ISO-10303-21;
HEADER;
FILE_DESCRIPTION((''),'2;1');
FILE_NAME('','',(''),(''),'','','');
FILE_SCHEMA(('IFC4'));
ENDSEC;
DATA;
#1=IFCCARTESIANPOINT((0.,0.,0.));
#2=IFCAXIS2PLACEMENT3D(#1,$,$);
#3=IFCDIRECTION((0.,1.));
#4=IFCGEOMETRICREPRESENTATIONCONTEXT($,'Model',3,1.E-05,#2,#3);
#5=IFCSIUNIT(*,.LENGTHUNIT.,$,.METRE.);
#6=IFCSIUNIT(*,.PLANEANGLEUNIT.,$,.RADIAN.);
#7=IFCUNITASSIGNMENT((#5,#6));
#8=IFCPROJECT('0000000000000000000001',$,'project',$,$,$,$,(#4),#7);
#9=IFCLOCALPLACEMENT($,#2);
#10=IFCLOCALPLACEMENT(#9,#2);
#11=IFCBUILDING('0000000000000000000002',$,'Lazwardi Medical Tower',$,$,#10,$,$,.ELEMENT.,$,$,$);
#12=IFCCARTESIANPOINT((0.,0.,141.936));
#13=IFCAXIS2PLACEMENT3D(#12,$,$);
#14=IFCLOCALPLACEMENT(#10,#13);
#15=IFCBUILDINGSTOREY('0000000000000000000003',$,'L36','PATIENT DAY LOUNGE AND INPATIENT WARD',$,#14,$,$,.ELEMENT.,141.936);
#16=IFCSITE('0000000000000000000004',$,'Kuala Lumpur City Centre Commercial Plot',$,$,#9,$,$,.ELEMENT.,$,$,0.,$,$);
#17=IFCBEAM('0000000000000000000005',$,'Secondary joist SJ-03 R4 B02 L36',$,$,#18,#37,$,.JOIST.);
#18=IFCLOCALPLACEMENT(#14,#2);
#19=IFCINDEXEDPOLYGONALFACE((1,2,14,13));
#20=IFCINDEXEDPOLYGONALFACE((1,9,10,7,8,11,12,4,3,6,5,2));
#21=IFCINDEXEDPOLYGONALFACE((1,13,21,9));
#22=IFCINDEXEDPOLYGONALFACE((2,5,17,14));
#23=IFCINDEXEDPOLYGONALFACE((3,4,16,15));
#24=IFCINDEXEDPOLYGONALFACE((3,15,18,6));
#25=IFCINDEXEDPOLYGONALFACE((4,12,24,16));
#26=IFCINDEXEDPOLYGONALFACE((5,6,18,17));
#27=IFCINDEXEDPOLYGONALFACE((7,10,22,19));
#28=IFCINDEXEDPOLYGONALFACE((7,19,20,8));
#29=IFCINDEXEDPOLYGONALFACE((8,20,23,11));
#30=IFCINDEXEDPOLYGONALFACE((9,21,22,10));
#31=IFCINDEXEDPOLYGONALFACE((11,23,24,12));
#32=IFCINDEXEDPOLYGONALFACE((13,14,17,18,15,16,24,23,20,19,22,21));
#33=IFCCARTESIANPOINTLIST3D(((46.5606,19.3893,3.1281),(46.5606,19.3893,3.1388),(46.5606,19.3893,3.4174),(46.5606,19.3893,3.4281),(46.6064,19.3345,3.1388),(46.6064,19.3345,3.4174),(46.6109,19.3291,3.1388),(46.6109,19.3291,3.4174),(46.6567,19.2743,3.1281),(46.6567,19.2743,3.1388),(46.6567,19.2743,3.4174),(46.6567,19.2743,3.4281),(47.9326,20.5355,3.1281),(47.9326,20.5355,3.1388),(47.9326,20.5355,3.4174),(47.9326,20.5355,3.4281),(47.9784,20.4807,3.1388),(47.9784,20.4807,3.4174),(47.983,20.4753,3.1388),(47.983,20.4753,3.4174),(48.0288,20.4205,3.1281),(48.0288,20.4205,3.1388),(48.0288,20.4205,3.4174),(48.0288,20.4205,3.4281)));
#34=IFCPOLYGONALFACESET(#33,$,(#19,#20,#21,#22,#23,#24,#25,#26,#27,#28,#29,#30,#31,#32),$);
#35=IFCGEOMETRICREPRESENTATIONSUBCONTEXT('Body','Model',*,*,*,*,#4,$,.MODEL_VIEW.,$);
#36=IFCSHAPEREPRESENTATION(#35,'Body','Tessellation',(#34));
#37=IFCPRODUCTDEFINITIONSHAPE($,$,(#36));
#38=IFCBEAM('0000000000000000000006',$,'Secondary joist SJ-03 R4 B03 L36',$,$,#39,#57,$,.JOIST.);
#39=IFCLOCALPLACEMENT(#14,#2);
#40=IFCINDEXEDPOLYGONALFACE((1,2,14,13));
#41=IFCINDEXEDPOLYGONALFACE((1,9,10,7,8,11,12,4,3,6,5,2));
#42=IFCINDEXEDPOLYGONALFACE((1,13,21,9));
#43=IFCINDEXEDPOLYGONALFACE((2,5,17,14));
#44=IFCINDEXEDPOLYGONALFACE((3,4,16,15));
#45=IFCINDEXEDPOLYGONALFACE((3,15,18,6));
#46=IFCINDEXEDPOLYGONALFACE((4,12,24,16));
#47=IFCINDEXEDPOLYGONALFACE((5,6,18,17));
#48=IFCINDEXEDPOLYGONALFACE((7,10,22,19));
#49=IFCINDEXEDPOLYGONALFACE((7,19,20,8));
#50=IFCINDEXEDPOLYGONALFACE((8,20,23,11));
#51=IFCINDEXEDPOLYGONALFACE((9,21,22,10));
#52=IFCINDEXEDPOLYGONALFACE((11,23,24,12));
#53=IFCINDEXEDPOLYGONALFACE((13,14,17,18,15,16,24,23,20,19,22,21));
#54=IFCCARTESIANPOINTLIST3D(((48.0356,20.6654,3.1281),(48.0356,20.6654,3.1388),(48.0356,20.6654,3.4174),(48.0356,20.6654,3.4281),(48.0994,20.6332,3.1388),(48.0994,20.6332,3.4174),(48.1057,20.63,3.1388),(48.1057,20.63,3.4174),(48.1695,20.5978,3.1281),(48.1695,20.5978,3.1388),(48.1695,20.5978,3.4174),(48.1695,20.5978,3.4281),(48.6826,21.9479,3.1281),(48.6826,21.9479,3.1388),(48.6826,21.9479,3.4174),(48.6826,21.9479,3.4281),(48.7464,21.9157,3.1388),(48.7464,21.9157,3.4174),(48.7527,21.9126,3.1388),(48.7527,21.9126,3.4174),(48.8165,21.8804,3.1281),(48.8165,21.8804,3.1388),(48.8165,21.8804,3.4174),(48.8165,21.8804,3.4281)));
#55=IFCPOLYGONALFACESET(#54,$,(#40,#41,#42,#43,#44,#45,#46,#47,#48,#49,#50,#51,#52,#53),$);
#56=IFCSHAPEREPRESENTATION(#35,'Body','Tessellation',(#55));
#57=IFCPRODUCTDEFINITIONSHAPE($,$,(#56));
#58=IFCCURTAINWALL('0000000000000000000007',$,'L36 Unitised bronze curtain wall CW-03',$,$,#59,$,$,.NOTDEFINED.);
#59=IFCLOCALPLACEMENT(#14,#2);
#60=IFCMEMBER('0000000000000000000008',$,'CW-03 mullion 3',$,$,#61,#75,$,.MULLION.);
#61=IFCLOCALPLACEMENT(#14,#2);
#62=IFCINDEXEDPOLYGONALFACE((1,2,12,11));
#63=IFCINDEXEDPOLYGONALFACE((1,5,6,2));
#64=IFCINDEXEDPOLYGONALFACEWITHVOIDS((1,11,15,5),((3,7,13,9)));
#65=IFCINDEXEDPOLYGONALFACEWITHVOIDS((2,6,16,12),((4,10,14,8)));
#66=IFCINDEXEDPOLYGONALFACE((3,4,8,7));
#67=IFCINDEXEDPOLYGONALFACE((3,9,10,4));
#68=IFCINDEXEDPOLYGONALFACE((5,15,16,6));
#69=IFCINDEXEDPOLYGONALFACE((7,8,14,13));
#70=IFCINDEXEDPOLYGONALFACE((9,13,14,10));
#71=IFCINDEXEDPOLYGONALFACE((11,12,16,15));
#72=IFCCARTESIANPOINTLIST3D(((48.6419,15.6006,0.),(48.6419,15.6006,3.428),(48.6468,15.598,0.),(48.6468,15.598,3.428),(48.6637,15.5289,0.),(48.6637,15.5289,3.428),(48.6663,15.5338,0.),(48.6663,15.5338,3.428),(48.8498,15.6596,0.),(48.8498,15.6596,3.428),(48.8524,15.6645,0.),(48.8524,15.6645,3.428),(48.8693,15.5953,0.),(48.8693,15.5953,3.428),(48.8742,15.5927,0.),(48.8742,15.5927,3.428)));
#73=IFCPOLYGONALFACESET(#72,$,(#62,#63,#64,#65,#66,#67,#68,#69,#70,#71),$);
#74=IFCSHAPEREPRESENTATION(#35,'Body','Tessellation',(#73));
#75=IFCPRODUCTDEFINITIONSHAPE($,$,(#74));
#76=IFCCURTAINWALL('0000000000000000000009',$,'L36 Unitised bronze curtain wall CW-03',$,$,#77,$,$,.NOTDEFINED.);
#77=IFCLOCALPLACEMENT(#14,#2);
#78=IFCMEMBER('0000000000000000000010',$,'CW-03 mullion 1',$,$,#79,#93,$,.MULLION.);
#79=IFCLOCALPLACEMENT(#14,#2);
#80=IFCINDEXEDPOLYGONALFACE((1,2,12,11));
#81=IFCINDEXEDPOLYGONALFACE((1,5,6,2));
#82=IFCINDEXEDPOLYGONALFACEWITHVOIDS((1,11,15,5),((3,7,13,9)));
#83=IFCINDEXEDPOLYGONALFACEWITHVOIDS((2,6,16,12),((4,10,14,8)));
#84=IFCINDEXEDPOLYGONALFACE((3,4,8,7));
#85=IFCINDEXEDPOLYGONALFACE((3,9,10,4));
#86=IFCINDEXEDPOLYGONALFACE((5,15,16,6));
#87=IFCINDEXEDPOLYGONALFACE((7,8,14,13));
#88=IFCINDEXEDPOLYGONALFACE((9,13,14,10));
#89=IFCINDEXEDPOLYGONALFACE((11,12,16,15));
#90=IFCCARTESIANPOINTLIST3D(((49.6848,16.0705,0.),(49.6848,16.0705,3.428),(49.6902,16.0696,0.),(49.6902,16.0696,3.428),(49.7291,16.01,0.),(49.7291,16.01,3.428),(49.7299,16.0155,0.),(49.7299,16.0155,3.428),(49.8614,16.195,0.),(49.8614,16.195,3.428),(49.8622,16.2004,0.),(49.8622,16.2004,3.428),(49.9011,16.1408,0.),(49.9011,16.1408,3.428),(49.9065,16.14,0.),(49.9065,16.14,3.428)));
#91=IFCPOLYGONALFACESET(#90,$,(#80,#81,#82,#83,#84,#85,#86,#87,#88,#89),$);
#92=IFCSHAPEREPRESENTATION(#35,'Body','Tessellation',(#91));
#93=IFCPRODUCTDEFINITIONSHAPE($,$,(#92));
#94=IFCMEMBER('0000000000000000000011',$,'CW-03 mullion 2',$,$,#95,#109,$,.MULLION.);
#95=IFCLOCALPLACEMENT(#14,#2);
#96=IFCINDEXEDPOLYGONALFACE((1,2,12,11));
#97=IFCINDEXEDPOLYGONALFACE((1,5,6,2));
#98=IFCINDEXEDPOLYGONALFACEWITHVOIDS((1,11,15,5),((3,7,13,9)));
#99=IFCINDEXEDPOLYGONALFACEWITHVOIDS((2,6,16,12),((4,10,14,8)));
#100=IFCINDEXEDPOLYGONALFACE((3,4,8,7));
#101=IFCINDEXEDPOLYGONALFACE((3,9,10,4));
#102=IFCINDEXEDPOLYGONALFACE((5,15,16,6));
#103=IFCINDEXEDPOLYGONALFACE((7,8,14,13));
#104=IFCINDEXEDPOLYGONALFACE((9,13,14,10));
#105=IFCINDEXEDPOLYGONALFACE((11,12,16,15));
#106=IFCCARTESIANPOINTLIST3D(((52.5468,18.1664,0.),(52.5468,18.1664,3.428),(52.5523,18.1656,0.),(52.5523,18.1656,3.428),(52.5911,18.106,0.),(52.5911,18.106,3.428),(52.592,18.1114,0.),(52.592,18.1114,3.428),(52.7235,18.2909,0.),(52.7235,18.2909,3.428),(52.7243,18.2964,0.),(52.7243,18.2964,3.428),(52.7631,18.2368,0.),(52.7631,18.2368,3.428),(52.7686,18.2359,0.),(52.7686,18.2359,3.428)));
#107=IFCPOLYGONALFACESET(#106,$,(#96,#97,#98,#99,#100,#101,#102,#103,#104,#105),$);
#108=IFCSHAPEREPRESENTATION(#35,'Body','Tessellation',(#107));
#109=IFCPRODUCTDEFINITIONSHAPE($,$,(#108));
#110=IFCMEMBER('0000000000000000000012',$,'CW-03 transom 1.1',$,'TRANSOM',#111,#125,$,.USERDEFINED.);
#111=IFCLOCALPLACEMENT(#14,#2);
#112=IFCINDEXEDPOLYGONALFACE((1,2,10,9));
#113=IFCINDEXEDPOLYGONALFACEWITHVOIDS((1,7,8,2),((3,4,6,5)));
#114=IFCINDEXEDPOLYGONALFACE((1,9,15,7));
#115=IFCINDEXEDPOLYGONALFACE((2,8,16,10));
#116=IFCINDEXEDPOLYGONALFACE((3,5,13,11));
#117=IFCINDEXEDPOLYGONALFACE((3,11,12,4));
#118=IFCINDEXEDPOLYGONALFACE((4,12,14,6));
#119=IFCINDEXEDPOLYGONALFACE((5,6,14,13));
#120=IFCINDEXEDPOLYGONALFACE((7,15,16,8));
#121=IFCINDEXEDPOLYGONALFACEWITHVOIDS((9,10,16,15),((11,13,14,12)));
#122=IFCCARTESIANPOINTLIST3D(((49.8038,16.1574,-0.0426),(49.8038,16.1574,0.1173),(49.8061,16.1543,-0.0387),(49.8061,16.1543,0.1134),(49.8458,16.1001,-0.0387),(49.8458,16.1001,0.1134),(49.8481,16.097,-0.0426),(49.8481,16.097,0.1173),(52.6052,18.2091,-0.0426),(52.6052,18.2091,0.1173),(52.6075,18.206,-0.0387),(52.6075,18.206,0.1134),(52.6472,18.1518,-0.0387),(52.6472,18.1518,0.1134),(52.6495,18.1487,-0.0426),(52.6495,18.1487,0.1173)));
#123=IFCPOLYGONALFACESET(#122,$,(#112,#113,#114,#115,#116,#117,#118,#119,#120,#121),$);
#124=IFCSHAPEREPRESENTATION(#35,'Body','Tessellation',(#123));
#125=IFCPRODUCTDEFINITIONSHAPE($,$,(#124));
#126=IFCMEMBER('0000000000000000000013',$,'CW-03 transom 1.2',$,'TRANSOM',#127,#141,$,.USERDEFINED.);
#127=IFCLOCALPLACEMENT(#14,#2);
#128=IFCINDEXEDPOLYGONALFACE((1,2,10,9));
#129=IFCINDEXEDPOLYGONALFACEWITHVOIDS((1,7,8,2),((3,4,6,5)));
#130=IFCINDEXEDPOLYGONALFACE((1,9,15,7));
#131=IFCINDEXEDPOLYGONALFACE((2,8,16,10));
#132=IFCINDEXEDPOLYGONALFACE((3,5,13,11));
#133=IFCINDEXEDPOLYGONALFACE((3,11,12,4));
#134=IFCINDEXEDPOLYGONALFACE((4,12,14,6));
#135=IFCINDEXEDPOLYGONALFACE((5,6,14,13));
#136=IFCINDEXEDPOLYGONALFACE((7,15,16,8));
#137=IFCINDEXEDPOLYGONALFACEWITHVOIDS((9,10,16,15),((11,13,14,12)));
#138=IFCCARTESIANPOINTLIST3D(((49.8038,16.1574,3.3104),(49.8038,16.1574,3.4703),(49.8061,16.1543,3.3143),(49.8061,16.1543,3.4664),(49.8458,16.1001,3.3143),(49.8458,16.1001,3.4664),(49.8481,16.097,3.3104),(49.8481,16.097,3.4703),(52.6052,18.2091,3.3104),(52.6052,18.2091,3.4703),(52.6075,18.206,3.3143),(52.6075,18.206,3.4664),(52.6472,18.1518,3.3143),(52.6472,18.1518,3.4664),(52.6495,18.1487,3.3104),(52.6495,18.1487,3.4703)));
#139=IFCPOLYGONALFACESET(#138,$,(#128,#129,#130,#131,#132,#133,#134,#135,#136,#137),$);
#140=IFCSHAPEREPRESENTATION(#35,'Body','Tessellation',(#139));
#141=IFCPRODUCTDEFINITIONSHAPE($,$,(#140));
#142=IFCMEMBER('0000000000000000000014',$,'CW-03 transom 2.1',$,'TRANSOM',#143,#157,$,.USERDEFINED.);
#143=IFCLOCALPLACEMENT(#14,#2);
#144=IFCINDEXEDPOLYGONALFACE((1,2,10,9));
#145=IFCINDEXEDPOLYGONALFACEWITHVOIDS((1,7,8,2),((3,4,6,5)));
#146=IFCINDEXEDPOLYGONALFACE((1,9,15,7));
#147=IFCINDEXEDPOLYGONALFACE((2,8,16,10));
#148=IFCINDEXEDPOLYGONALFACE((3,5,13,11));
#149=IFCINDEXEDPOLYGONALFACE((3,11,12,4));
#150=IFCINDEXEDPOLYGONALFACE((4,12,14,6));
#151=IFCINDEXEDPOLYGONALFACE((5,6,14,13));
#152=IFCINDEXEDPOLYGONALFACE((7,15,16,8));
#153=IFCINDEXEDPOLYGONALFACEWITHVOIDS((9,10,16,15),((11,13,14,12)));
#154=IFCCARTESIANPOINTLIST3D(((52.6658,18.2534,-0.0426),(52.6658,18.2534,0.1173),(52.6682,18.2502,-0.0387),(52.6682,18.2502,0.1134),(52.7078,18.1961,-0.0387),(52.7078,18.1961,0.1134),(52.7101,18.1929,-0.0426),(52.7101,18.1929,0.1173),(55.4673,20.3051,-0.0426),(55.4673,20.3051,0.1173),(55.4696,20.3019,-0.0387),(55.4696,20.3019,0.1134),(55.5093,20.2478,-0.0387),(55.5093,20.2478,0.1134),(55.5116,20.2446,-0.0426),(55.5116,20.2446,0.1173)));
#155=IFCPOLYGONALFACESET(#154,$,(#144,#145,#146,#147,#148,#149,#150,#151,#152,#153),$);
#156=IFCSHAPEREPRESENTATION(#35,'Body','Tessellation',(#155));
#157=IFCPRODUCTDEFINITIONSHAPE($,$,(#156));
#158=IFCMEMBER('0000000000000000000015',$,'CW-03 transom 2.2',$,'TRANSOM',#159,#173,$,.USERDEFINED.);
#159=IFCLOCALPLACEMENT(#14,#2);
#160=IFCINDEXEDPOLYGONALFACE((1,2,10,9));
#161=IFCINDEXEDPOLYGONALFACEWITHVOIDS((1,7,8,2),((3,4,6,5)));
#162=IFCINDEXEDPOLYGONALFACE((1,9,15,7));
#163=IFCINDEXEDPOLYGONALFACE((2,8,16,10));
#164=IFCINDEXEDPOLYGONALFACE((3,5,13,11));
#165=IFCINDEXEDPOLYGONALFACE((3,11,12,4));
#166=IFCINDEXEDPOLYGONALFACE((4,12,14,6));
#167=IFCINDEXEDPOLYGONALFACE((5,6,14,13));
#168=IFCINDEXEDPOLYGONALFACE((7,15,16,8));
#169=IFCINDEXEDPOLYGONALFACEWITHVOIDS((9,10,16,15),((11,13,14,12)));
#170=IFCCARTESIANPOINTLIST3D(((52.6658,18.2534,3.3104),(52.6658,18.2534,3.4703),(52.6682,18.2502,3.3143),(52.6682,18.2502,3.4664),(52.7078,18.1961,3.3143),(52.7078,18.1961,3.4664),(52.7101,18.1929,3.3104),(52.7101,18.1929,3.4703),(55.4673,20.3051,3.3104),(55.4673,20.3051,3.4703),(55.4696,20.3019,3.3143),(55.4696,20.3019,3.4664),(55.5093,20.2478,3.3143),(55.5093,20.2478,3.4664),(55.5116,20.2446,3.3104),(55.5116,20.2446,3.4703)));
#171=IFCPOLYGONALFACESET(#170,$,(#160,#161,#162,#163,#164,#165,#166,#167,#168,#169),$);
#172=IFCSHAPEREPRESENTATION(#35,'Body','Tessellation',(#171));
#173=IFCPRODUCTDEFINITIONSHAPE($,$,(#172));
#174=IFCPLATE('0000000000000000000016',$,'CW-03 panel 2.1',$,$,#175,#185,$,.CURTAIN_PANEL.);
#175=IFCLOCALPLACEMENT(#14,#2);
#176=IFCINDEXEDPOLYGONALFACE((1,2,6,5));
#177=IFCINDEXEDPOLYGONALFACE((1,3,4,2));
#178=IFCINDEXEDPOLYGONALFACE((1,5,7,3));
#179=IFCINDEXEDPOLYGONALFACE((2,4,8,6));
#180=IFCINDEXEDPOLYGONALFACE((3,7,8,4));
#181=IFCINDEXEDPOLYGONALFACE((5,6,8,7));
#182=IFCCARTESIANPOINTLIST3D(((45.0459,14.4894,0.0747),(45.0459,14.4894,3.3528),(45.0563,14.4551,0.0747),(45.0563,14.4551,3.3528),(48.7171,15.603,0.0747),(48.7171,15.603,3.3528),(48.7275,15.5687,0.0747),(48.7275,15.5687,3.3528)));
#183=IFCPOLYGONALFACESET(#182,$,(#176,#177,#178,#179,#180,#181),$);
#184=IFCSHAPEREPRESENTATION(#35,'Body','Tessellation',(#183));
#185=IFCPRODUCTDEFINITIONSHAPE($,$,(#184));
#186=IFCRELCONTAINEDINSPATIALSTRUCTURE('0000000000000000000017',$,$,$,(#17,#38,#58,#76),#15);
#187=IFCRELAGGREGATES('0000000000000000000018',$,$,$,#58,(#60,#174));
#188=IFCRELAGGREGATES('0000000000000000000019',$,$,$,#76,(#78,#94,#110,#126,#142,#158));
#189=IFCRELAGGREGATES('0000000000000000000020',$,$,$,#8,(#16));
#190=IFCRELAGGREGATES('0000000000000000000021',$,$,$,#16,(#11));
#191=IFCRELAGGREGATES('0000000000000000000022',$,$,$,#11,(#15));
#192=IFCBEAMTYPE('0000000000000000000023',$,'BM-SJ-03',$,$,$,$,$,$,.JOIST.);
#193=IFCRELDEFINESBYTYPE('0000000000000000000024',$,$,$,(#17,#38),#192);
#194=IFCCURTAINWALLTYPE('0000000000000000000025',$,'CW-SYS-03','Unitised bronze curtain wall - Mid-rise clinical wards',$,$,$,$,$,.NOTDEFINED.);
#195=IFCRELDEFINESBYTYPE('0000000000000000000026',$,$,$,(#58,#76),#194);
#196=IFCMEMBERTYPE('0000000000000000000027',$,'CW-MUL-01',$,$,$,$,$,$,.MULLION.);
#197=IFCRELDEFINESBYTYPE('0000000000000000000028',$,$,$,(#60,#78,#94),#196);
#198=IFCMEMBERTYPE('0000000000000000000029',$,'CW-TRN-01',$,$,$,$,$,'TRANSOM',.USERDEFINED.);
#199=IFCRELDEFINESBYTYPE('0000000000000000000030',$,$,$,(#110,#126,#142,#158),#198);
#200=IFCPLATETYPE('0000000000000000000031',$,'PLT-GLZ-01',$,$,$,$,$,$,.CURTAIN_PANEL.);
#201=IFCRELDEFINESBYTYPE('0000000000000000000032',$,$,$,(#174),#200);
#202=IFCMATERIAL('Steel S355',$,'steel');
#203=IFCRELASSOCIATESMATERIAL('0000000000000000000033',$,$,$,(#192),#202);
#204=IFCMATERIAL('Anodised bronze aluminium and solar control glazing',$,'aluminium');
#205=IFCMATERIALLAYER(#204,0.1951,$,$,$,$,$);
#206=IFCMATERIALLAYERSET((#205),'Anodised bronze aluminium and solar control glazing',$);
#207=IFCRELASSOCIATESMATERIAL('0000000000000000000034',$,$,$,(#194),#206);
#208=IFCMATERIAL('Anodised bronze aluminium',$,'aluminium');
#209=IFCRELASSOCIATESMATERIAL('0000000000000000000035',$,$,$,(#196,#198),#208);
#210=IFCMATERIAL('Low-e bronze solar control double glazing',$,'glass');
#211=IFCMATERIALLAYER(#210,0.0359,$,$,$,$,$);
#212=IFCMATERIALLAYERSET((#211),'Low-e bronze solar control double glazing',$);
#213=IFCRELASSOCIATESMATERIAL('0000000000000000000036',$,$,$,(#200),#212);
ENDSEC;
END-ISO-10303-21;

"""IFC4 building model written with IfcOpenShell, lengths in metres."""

from ifc_helpers import new_model, si_unit, direction, frame, origin, origin_2d, place, context, subcontext, project, spatial, rectangle, hollow_rectangle, i_section, extrude, material, layer, layer_set, material_profile, profile_set, type_object, element, aggregate, save


model = new_model("IFC4")

# Units and contexts
model_context = context("Model", 3, precision=1e-05, world=origin(), true_north=direction((0.0, 1.0)))
body_context = subcontext(model_context, "Body", "Model", "MODEL_VIEW")
ifc_project = project(units=[si_unit("LENGTHUNIT", "METRE"), si_unit("PLANEANGLEUNIT", "RADIAN")], contexts=[model_context])

# Site, building, storey
site_placement = place(None, origin())
site = spatial("IfcSite", under=ifc_project, at=site_placement, Name="Kuala Lumpur City Centre Commercial Plot", CompositionType="ELEMENT", RefElevation=0.0)
building_placement = place(site_placement, origin())
building = spatial("IfcBuilding", under=site, at=building_placement, Name="Lazwardi Medical Tower", CompositionType="ELEMENT")
storey_placement = place(building_placement, frame((0.0, 0.0, 141.936)))
storey = spatial("IfcBuildingStorey", under=building, at=storey_placement, Name="L36", Description="PATIENT DAY LOUNGE AND INPATIENT WARD", CompositionType="ELEMENT", Elevation=141.936)

# Beams
ifc_material_1 = material(Name="Steel S355", Category="steel")
ifc_material_profile_1 = material_profile(ifc_material_1, i_section(OverallWidth=0.1499, OverallDepth=0.3, WebThickness=0.0071, FlangeThickness=0.0107, at=origin_2d()), Name="IPE 300")
ifc_profile_set_1 = profile_set([ifc_material_profile_1], Name="Steel S355")
beam_type_1 = type_object("IfcBeamType", Name="BM-SJ-03", PredefinedType="JOIST", material=ifc_profile_set_1)
beam_1_placement = place(storey_placement, frame((46.6086, 19.3318, 3.2781), z_axis=(0.767437, 0.641124, 0.0), x_axis=(-0.641124, 0.767437, 0.0)))
element("IfcBeam", 1, at=beam_1_placement, inside=storey, type_object=beam_type_1, Name="Secondary joist SJ-03 R4 B02 L36", PredefinedType="JOIST", context=body_context, shape_type="SweptSolid", body=[
    extrude(i_section(OverallWidth=0.1499, OverallDepth=0.3, WebThickness=0.0071, FlangeThickness=0.0107, at=origin_2d()), origin(), (0.0, 0.0, 1.0), 1.7878),
])
beam_2_placement = place(storey_placement, frame((48.1025, 20.6316, 3.2781), z_axis=(0.450406, 0.892824, 0.0), x_axis=(-0.892824, 0.450406, 0.0)))
element("IfcBeam", 2, at=beam_2_placement, inside=storey, type_object=beam_type_1, Name="Secondary joist SJ-03 R4 B03 L36", PredefinedType="JOIST", context=body_context, shape_type="SweptSolid", body=[
    extrude(i_section(OverallWidth=0.1499, OverallDepth=0.3, WebThickness=0.0071, FlangeThickness=0.0107, at=origin_2d()), origin(), (0.0, 0.0, 1.0), 1.4365),
])

# Curtain wall, member
ifc_material_2 = material(Name="Anodised bronze aluminium and solar control glazing", Category="aluminium")
ifc_layer_1 = layer(ifc_material_2, 0.1951)
ifc_layer_set_1 = layer_set([ifc_layer_1], Name="Anodised bronze aluminium and solar control glazing")
curtain_wall_type = type_object("IfcCurtainWallType", Name="CW-SYS-03", Description="Unitised bronze curtain wall - Mid-rise clinical wards", PredefinedType="NOTDEFINED", material=ifc_layer_set_1)
curtain_wall_1_placement = place(storey_placement, origin())
curtain_wall_1 = element("IfcCurtainWall", 3, at=curtain_wall_1_placement, inside=storey, type_object=curtain_wall_type, Name="L36 Unitised bronze curtain wall CW-03", PredefinedType="NOTDEFINED")
ifc_material_3 = material(Name="Anodised bronze aluminium", Category="aluminium")
ifc_material_profile_2 = material_profile(ifc_material_3, hollow_rectangle(XDim=0.075, YDim=0.22, WallThickness=0.0039, at=origin_2d()), Name="ALU-MULLION 220x75x4")
ifc_profile_set_2 = profile_set([ifc_material_profile_2], Name="Anodised bronze aluminium")
member_type_1 = type_object("IfcMemberType", Name="CW-MUL-01", PredefinedType="MULLION", material=ifc_profile_set_2)
member_1_placement = place(storey_placement, frame((48.7581, 15.5967, 0.0), z_axis=(0.0, 0.0, 1.0), x_axis=(-0.290281, 0.956942, 0.0)))
member_1 = element("IfcMember", 4, at=member_1_placement, type_object=member_type_1, Name="CW-03 mullion 3", PredefinedType="MULLION", context=body_context, shape_type="SweptSolid", body=[
    extrude(hollow_rectangle(XDim=0.075, YDim=0.22, WallThickness=0.0039, at=origin_2d()), origin(), (0.0, 0.0, 1.0), 3.428),
])

# Curtain wall, members
curtain_wall_2_placement = place(storey_placement, origin())
curtain_wall_2 = element("IfcCurtainWall", 5, at=curtain_wall_2_placement, inside=storey, type_object=curtain_wall_type, Name="L36 Unitised bronze curtain wall CW-03", PredefinedType="NOTDEFINED")
member_2_placement = place(storey_placement, frame((49.7957, 16.1052, 0.0), z_axis=(0.0, 0.0, 1.0), x_axis=(-0.590834, 0.806793, 0.0)))
member_2 = element("IfcMember", 6, at=member_2_placement, type_object=member_type_1, Name="CW-03 mullion 1", PredefinedType="MULLION", context=body_context, shape_type="SweptSolid", body=[
    extrude(hollow_rectangle(XDim=0.075, YDim=0.22, WallThickness=0.0039, at=origin_2d()), origin(), (0.0, 0.0, 1.0), 3.428),
])
member_3_placement = place(storey_placement, frame((52.6577, 18.2012, 0.0), z_axis=(0.0, 0.0, 1.0), x_axis=(-0.590834, 0.806793, 0.0)))
member_3 = element("IfcMember", 7, at=member_3_placement, type_object=member_type_1, Name="CW-03 mullion 2", PredefinedType="MULLION", context=body_context, shape_type="SweptSolid", body=[
    extrude(hollow_rectangle(XDim=0.075, YDim=0.22, WallThickness=0.0039, at=origin_2d()), origin(), (0.0, 0.0, 1.0), 3.428),
])
ifc_material_profile_3 = material_profile(ifc_material_3, hollow_rectangle(XDim=0.075, YDim=0.1599, WallThickness=0.0039, at=origin_2d()), Name="ALU-TRANSOM 160x75x4")
ifc_profile_set_3 = profile_set([ifc_material_profile_3], Name="Anodised bronze aluminium")
member_type_2 = type_object("IfcMemberType", Name="CW-TRN-01", ElementType="TRANSOM", PredefinedType="USERDEFINED", material=ifc_profile_set_3)
member_4_placement = place(storey_placement, frame((49.8259, 16.1272, 0.0374), z_axis=(0.806774, 0.590861, 0.0), x_axis=(-0.590861, 0.806774, 0.0)))
member_4 = element("IfcMember", 8, at=member_4_placement, type_object=member_type_2, Name="CW-03 transom 1.1", ObjectType="TRANSOM", PredefinedType="USERDEFINED", context=body_context, shape_type="SweptSolid", body=[
    extrude(hollow_rectangle(XDim=0.075, YDim=0.1599, WallThickness=0.0039, at=origin_2d()), origin(), (0.0, 0.0, 1.0), 3.4724),
])
member_5_placement = place(storey_placement, frame((49.8259, 16.1272, 3.3904), z_axis=(0.806774, 0.590861, 0.0), x_axis=(-0.590861, 0.806774, 0.0)))
member_5 = element("IfcMember", 9, at=member_5_placement, type_object=member_type_2, Name="CW-03 transom 1.2", ObjectType="TRANSOM", PredefinedType="USERDEFINED", context=body_context, shape_type="SweptSolid", body=[
    extrude(hollow_rectangle(XDim=0.075, YDim=0.1599, WallThickness=0.0039, at=origin_2d()), origin(), (0.0, 0.0, 1.0), 3.4724),
])
member_6_placement = place(storey_placement, frame((52.688, 18.2231, 0.0374), z_axis=(0.806774, 0.590861, 0.0), x_axis=(-0.590861, 0.806774, 0.0)))
member_6 = element("IfcMember", 10, at=member_6_placement, type_object=member_type_2, Name="CW-03 transom 2.1", ObjectType="TRANSOM", PredefinedType="USERDEFINED", context=body_context, shape_type="SweptSolid", body=[
    extrude(hollow_rectangle(XDim=0.075, YDim=0.1599, WallThickness=0.0039, at=origin_2d()), origin(), (0.0, 0.0, 1.0), 3.4724),
])
member_7_placement = place(storey_placement, frame((52.688, 18.2231, 3.3904), z_axis=(0.806774, 0.590861, 0.0), x_axis=(-0.590861, 0.806774, 0.0)))
member_7 = element("IfcMember", 11, at=member_7_placement, type_object=member_type_2, Name="CW-03 transom 2.2", ObjectType="TRANSOM", PredefinedType="USERDEFINED", context=body_context, shape_type="SweptSolid", body=[
    extrude(hollow_rectangle(XDim=0.075, YDim=0.1599, WallThickness=0.0039, at=origin_2d()), origin(), (0.0, 0.0, 1.0), 3.4724),
])

# Plate
ifc_material_4 = material(Name="Low-e bronze solar control double glazing", Category="glass")
ifc_layer_2 = layer(ifc_material_4, 0.0359)
ifc_layer_set_2 = layer_set([ifc_layer_2], Name="Low-e bronze solar control double glazing")
plate_type = type_object("IfcPlateType", Name="PLT-GLZ-01", PredefinedType="CURTAIN_PANEL", material=ifc_layer_set_2)
plate_1_placement = place(storey_placement, frame((46.8867, 15.0291, 0.0747), z_axis=(0.0, 0.0, 1.0), x_axis=(0.956942, 0.290281, 0.0)))
plate_1 = element("IfcPlate", 12, at=plate_1_placement, type_object=plate_type, Name="CW-03 panel 2.1", PredefinedType="CURTAIN_PANEL", context=body_context, shape_type="SweptSolid", body=[
    extrude(rectangle(XDim=3.8364, YDim=0.0359, at=origin_2d()), origin(), (0.0, 0.0, 1.0), 3.2781),
])
aggregate(curtain_wall_1, [member_1, plate_1])
aggregate(curtain_wall_2, [member_2, member_3, member_4, member_5, member_6, member_7])

save(model, "model.ifc")
